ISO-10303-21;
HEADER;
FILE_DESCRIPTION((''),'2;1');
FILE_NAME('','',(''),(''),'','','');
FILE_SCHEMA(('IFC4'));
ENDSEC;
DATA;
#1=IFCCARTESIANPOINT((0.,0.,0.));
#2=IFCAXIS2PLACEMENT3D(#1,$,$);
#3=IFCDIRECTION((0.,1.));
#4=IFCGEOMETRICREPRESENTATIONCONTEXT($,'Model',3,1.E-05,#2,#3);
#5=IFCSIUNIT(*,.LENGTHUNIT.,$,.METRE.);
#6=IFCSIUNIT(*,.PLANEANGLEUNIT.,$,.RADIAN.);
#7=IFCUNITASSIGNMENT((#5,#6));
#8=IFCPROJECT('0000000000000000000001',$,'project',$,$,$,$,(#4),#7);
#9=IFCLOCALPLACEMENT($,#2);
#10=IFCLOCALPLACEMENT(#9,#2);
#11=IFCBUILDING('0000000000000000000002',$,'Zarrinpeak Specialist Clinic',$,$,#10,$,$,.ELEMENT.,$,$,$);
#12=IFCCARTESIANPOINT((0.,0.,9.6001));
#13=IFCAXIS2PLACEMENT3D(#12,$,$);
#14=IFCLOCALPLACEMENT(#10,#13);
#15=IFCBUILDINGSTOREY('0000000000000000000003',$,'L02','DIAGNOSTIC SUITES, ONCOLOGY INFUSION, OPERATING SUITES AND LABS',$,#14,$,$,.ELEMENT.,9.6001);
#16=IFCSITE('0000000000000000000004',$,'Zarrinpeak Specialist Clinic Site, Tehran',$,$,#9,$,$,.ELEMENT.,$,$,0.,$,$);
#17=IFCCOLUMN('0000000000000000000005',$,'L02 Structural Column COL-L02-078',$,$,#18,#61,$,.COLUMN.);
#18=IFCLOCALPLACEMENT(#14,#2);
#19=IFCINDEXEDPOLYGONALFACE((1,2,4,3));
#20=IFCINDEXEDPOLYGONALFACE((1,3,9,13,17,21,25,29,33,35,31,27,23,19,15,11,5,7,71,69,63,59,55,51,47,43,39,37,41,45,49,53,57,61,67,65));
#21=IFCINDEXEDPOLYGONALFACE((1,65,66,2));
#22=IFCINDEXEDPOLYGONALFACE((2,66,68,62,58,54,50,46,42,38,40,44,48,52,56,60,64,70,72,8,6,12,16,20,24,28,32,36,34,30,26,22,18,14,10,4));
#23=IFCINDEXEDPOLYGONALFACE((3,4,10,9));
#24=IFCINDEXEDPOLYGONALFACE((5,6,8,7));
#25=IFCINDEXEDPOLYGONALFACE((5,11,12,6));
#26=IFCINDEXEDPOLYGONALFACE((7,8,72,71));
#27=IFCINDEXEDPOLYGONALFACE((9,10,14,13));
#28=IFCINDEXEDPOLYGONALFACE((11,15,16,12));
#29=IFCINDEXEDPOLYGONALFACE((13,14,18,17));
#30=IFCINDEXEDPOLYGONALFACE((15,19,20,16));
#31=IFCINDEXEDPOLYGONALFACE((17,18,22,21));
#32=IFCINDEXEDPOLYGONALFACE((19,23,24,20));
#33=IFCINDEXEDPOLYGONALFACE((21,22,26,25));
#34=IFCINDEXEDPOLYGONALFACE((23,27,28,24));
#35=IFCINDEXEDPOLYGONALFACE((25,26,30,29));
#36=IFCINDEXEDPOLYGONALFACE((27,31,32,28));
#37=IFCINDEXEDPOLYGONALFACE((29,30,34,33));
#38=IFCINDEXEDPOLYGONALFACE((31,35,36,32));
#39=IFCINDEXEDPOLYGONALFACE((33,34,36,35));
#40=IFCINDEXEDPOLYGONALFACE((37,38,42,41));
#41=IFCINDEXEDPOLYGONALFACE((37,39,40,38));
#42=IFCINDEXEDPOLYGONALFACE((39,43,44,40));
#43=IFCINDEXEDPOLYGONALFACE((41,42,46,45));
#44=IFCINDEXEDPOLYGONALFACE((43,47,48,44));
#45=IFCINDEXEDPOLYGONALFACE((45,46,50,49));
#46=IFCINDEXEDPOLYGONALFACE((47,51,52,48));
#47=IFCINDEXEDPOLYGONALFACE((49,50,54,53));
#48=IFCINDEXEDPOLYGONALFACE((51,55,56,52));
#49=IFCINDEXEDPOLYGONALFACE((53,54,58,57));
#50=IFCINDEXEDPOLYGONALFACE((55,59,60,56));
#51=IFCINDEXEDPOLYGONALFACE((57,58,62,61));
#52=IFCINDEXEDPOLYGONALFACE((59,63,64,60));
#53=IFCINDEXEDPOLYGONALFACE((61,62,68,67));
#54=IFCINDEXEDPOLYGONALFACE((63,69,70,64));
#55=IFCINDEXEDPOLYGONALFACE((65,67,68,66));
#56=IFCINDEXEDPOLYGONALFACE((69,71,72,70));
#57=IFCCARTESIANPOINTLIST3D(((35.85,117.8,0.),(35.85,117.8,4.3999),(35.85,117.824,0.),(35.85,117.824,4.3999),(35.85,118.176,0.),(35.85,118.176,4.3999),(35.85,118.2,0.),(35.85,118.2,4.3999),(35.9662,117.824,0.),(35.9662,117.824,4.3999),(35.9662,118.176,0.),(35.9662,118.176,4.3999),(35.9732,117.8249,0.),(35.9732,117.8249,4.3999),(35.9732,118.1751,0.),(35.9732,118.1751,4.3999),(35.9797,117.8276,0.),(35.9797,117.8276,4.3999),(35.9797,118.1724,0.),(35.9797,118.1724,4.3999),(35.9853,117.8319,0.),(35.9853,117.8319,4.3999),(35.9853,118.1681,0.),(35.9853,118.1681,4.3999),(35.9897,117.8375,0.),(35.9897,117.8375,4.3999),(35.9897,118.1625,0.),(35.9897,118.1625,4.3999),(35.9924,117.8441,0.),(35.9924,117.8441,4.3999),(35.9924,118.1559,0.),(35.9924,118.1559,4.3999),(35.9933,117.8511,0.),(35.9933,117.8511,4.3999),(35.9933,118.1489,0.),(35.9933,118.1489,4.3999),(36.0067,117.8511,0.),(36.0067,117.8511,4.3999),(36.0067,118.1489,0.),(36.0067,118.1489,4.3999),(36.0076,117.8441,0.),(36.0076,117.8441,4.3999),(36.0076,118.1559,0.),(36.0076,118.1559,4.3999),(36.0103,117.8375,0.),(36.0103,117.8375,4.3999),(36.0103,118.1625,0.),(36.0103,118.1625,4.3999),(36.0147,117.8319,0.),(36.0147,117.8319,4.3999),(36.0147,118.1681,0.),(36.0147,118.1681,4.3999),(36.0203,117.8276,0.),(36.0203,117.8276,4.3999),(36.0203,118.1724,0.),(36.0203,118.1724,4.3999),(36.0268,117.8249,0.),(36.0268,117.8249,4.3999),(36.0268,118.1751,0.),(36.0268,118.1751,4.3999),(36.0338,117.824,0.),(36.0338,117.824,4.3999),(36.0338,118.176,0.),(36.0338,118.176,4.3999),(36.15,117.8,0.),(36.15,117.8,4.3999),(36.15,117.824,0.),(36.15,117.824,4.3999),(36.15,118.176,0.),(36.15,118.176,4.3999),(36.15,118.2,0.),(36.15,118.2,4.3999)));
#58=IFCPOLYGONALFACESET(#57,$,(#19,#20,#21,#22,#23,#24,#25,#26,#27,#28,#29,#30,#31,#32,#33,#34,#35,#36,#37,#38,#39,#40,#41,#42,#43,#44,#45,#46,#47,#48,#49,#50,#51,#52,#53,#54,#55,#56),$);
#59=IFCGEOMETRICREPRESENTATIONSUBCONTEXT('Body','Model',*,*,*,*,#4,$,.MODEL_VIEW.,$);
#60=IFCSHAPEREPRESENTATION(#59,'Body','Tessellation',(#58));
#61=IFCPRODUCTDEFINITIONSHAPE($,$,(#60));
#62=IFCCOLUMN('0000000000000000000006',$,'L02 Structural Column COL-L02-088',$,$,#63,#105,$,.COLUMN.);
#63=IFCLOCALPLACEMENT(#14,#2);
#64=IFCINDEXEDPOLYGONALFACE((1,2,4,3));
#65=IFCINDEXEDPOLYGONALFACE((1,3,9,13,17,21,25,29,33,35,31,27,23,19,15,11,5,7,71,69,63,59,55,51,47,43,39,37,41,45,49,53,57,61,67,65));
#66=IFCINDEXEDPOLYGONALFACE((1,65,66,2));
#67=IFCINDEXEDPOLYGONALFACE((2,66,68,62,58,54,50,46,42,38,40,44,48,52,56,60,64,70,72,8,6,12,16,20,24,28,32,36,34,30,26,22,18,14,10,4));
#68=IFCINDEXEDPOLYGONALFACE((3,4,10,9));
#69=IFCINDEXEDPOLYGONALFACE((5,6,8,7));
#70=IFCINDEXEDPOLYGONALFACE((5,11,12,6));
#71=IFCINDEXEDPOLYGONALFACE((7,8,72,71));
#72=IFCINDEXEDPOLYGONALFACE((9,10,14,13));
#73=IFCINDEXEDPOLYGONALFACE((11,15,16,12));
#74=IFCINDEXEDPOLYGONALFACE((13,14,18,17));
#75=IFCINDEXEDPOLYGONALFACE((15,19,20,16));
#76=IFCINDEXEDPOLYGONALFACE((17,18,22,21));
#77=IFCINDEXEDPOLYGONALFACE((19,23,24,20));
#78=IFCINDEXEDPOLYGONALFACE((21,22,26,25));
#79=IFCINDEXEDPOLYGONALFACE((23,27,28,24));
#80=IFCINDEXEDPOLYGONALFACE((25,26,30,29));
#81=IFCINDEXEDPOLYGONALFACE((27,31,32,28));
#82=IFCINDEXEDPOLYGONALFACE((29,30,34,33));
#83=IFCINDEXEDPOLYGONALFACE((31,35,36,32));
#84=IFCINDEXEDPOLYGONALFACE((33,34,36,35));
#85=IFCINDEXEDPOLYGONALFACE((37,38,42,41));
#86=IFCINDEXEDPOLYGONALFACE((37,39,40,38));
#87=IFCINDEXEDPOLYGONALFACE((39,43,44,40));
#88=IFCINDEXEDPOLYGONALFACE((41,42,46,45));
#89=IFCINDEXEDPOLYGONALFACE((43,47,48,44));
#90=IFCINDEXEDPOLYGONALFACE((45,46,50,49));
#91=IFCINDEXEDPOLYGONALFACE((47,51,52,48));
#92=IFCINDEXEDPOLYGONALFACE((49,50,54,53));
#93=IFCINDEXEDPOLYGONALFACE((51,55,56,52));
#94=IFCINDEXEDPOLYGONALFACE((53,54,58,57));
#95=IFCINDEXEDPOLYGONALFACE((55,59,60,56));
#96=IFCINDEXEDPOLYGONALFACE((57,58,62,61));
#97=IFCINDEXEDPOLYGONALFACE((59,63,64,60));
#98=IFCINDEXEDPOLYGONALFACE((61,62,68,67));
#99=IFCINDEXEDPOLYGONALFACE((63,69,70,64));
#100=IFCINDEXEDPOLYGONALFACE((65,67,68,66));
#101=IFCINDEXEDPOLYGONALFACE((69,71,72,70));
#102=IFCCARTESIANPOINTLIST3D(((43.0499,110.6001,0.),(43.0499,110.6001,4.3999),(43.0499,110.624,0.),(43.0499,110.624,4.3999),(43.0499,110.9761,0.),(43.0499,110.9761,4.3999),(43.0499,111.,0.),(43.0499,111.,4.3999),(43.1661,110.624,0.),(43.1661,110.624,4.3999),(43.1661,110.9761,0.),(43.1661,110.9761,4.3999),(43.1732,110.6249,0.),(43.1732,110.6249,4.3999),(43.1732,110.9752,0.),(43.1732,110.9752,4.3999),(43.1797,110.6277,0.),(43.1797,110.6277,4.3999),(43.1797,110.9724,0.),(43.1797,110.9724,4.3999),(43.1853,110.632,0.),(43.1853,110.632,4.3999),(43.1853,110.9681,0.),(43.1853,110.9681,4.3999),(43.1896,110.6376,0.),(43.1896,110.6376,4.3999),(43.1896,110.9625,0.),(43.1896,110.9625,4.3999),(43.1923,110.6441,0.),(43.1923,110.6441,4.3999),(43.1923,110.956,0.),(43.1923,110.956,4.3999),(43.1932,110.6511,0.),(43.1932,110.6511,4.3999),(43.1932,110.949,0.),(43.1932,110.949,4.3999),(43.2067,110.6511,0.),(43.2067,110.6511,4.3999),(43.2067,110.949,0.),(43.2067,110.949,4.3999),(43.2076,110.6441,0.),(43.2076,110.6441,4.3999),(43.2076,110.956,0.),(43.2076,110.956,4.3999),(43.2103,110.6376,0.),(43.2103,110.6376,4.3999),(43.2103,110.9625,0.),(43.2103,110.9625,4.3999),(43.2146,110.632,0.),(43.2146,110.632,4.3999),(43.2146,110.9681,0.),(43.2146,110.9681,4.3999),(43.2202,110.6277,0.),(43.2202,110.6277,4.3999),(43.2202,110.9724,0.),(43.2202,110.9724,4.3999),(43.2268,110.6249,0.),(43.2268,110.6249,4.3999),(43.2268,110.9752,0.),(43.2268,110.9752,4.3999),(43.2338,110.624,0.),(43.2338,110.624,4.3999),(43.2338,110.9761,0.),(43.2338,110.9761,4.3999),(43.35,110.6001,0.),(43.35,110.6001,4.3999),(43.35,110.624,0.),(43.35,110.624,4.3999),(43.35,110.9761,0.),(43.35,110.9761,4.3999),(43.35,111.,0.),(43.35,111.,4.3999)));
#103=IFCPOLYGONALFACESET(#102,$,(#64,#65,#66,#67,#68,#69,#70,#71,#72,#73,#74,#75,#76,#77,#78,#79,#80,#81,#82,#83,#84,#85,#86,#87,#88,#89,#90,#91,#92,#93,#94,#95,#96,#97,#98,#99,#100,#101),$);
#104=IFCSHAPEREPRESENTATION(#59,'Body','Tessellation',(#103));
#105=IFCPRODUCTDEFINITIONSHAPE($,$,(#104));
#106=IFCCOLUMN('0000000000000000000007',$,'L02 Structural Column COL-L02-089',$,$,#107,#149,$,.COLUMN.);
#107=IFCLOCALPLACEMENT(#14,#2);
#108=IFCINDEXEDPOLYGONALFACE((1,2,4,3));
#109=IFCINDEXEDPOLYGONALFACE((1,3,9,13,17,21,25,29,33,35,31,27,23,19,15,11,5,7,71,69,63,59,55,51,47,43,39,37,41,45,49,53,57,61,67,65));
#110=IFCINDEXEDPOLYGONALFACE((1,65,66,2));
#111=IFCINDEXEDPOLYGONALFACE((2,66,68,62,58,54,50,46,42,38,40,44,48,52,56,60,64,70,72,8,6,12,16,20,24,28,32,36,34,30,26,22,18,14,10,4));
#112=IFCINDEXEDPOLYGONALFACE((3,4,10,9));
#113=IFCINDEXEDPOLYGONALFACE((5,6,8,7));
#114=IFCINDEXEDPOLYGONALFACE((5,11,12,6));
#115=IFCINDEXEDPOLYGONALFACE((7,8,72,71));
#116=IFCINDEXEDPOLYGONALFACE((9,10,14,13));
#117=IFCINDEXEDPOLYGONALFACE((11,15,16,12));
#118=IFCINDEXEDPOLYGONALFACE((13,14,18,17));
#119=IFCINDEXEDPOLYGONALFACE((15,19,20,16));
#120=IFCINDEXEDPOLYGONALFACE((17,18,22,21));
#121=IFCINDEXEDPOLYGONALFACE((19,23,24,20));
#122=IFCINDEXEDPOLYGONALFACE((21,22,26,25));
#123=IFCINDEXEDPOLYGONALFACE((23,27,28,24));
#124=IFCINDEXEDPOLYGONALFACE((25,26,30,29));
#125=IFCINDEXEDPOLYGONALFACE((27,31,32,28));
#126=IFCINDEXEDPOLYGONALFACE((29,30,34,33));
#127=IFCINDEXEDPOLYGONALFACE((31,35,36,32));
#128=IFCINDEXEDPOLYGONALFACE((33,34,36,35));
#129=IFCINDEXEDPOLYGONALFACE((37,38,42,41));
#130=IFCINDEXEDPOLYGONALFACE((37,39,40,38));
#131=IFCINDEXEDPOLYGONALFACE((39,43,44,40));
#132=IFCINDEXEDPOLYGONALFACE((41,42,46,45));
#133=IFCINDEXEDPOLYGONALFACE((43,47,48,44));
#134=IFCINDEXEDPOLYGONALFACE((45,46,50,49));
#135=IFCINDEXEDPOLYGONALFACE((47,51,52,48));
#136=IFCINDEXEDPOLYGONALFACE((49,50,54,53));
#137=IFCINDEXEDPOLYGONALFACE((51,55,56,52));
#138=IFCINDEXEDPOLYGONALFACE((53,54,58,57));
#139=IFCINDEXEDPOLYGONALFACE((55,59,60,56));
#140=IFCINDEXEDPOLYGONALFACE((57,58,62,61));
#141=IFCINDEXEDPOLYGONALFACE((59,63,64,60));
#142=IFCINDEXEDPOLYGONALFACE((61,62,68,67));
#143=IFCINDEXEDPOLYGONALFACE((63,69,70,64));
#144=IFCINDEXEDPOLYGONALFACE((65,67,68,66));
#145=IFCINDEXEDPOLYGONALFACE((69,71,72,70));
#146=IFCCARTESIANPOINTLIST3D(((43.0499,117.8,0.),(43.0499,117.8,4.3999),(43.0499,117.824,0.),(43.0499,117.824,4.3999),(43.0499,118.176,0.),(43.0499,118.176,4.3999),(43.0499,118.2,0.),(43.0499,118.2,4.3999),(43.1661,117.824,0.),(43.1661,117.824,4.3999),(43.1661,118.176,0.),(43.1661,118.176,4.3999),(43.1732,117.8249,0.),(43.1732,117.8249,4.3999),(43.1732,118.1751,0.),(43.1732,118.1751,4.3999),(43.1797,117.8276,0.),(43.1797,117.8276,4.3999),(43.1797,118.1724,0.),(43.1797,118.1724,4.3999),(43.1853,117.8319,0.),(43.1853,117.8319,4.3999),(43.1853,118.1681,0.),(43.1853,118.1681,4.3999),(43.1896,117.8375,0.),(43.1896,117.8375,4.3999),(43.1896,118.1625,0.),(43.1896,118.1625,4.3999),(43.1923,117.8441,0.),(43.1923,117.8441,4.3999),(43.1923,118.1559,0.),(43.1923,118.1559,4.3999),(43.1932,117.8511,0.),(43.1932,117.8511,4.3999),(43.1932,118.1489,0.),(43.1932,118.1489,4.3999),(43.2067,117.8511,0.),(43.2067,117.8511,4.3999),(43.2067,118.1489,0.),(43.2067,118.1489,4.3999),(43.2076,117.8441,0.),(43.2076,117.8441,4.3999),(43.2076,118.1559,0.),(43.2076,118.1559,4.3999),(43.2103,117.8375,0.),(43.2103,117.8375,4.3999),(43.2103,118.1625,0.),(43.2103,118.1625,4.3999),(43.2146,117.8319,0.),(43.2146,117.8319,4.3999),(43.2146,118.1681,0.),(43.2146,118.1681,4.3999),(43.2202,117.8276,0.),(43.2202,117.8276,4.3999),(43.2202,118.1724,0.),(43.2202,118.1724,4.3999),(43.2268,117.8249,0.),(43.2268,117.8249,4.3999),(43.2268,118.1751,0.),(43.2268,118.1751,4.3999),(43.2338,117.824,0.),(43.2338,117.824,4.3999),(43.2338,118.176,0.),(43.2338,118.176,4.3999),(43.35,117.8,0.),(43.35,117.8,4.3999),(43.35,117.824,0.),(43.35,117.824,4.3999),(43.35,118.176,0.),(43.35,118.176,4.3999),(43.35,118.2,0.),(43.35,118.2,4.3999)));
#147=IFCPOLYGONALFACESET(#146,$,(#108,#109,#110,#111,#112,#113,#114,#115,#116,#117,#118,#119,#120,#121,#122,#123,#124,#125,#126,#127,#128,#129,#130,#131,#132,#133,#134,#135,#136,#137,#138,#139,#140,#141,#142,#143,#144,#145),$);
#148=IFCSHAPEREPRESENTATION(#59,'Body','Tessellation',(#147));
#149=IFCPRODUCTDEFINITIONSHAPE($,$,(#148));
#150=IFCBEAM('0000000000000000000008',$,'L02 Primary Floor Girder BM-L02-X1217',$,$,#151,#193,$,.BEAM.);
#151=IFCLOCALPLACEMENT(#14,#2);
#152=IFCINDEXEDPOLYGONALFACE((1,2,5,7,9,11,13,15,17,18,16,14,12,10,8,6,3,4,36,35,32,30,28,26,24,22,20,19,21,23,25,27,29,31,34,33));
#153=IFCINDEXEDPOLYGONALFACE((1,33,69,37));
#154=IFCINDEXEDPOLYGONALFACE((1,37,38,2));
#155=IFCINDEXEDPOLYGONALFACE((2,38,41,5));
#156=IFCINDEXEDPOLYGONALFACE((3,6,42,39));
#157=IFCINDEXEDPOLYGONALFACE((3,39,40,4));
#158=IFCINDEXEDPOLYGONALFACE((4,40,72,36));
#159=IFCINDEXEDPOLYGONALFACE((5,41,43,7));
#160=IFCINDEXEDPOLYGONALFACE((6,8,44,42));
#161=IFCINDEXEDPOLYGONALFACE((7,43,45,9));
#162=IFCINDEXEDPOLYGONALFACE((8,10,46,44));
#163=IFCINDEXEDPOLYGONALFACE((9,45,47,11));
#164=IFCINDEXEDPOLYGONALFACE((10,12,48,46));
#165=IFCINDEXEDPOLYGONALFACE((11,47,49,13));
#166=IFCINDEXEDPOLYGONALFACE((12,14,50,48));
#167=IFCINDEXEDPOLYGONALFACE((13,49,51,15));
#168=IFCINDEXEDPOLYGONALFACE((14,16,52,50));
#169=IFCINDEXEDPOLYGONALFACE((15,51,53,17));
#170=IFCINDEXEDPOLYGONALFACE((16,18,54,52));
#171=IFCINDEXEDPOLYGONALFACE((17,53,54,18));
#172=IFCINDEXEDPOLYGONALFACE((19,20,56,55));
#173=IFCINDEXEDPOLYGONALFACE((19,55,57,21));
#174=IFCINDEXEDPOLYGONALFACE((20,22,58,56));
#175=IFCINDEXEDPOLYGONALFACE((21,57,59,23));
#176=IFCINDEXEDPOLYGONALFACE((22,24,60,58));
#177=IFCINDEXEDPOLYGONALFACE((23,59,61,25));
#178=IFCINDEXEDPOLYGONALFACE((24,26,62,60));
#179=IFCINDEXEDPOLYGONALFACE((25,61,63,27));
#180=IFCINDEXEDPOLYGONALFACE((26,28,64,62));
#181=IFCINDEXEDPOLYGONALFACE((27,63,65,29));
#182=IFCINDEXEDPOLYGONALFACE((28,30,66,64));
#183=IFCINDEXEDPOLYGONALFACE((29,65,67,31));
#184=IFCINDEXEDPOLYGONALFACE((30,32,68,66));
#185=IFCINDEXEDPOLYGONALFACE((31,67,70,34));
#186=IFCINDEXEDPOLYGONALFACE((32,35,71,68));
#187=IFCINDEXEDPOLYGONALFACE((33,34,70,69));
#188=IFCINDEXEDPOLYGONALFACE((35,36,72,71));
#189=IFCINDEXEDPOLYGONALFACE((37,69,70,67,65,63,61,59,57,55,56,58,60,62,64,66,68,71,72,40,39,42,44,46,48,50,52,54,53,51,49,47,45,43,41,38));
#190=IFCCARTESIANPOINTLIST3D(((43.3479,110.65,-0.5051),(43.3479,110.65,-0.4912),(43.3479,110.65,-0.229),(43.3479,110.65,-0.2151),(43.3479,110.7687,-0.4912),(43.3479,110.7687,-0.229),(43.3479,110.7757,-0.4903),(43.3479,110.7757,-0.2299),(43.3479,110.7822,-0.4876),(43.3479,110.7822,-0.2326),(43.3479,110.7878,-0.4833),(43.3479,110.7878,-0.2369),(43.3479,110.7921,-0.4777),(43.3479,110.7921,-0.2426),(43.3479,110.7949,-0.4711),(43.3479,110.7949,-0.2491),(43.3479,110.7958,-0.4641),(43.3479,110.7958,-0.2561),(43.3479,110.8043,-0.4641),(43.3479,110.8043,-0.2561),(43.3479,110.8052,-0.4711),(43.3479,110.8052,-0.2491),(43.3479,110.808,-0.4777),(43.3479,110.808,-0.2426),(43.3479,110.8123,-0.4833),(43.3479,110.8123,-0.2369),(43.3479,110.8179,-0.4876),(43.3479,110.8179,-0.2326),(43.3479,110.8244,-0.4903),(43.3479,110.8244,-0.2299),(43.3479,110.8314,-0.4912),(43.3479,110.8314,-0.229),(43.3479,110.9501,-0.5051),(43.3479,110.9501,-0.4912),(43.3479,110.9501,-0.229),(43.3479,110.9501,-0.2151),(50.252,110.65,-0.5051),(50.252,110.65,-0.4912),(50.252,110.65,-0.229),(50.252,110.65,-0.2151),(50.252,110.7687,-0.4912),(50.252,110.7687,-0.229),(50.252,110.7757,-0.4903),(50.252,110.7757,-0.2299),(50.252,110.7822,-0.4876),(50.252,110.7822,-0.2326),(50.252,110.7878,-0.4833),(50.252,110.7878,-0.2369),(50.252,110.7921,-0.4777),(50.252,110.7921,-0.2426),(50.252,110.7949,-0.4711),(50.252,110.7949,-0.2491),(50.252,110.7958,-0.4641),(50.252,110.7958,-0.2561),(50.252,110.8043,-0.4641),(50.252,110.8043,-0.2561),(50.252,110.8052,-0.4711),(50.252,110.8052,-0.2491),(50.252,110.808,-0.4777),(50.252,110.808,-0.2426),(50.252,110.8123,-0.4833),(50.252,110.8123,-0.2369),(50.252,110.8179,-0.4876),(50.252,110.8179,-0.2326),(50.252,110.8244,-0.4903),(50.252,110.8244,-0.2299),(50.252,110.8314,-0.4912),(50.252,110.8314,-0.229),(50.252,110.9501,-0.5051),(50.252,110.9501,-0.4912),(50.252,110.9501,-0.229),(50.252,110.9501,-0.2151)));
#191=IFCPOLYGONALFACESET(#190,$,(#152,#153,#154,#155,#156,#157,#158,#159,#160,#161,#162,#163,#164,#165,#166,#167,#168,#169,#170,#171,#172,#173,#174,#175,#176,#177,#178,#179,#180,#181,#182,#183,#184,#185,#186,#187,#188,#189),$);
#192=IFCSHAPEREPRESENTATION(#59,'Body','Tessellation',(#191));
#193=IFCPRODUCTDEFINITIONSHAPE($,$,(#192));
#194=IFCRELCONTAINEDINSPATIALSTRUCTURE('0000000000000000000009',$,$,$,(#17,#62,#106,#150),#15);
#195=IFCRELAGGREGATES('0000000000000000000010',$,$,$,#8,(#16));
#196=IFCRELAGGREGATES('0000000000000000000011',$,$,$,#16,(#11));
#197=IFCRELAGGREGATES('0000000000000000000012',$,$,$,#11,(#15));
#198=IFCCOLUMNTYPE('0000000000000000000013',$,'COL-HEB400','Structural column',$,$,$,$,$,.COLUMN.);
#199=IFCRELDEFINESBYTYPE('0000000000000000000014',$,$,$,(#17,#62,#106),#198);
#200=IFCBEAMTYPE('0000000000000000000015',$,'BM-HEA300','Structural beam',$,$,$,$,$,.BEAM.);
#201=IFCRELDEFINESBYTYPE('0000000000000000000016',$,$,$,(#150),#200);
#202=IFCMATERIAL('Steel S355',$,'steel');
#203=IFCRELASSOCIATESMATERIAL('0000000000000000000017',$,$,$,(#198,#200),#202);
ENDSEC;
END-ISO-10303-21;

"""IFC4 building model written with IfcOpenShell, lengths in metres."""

from ifc_helpers import new_model, si_unit, direction, frame, origin, origin_2d, place, context, subcontext, project, spatial, i_section, extrude, material, material_profile, profile_set, type_object, element, save


model = new_model("IFC4")

# Units and contexts
model_context = context("Model", 3, precision=1e-05, world=origin(), true_north=direction((0.0, 1.0)))
body_context = subcontext(model_context, "Body", "Model", "MODEL_VIEW")
ifc_project = project(units=[si_unit("LENGTHUNIT", "METRE"), si_unit("PLANEANGLEUNIT", "RADIAN")], contexts=[model_context])

# Site, building, storey
site_placement = place(None, origin())
site = spatial("IfcSite", under=ifc_project, at=site_placement, Name="Zarrinpeak Specialist Clinic Site, Tehran", CompositionType="ELEMENT", RefElevation=0.0)
building_placement = place(site_placement, origin())
building = spatial("IfcBuilding", under=site, at=building_placement, Name="Zarrinpeak Specialist Clinic", CompositionType="ELEMENT")
storey_placement = place(building_placement, frame((0.0, 0.0, 9.6001)))
storey = spatial("IfcBuildingStorey", under=building, at=storey_placement, Name="L02", Description="DIAGNOSTIC SUITES, ONCOLOGY INFUSION, OPERATING SUITES AND LABS", CompositionType="ELEMENT", Elevation=9.6001)

# Columns
ifc_material_1 = material(Name="Steel S355", Category="steel")
ifc_material_profile_1 = material_profile(ifc_material_1, i_section(OverallWidth=0.3, OverallDepth=0.3999, WebThickness=0.0134, FlangeThickness=0.0239, FilletRadius=0.0271, at=origin_2d()), Name="HEB 400")
ifc_profile_set_1 = profile_set([ifc_material_profile_1], Name="Steel S355")
column_type = type_object("IfcColumnType", Name="COL-HEB400", Description="Structural column", PredefinedType="COLUMN", material=ifc_profile_set_1)
for number, where, z_axis, x_axis, name in (
    (1, (36.0, 118.0, 0.0), (0.0, 0.0, 1.0), (1.0, 0.0, 0.0), "L02 Structural Column COL-L02-078"),
    (2, (43.2, 110.8, 0.0), (0.0, 0.0, 1.0), (1.0, 0.0, 0.0), "L02 Structural Column COL-L02-088"),
    (3, (43.2, 118.0, 0.0), (0.0, 0.0, 1.0), (1.0, 0.0, 0.0), "L02 Structural Column COL-L02-089"),
):
    element("IfcColumn", number, at=place(storey_placement, frame(where, z_axis=z_axis, x_axis=x_axis)), inside=storey, type_object=column_type, Name=name, PredefinedType="COLUMN", context=body_context, shape_type="SweptSolid", body=[
        extrude(i_section(OverallWidth=0.3, OverallDepth=0.3999, WebThickness=0.0134, FlangeThickness=0.0239, FilletRadius=0.0271, at=origin_2d()), origin(), (0.0, 0.0, 1.0), 4.3999),
    ])

# Beam
ifc_material_profile_2 = material_profile(ifc_material_1, i_section(OverallWidth=0.3, OverallDepth=0.29, WebThickness=0.0085, FlangeThickness=0.0139, FilletRadius=0.0271, at=origin_2d()), Name="HEA 300")
ifc_profile_set_2 = profile_set([ifc_material_profile_2], Name="Steel S355")
beam_type = type_object("IfcBeamType", Name="BM-HEA300", Description="Structural beam", PredefinedType="BEAM", material=ifc_profile_set_2)
for number, where, z_axis, x_axis, name in (
    (4, (43.3479, 110.8, -0.3601), (1.0, 0.0, 0.0), (0.0, 1.0, 0.0), "L02 Primary Floor Girder BM-L02-X1217"),
):
    element("IfcBeam", number, at=place(storey_placement, frame(where, z_axis=z_axis, x_axis=x_axis)), inside=storey, type_object=beam_type, Name=name, PredefinedType="BEAM", context=body_context, shape_type="SweptSolid", body=[
        extrude(i_section(OverallWidth=0.3, OverallDepth=0.29, WebThickness=0.0085, FlangeThickness=0.0139, FilletRadius=0.0271, at=origin_2d()), origin(), (0.0, 0.0, 1.0), 6.9041),
    ])

save(model, "model.ifc")
